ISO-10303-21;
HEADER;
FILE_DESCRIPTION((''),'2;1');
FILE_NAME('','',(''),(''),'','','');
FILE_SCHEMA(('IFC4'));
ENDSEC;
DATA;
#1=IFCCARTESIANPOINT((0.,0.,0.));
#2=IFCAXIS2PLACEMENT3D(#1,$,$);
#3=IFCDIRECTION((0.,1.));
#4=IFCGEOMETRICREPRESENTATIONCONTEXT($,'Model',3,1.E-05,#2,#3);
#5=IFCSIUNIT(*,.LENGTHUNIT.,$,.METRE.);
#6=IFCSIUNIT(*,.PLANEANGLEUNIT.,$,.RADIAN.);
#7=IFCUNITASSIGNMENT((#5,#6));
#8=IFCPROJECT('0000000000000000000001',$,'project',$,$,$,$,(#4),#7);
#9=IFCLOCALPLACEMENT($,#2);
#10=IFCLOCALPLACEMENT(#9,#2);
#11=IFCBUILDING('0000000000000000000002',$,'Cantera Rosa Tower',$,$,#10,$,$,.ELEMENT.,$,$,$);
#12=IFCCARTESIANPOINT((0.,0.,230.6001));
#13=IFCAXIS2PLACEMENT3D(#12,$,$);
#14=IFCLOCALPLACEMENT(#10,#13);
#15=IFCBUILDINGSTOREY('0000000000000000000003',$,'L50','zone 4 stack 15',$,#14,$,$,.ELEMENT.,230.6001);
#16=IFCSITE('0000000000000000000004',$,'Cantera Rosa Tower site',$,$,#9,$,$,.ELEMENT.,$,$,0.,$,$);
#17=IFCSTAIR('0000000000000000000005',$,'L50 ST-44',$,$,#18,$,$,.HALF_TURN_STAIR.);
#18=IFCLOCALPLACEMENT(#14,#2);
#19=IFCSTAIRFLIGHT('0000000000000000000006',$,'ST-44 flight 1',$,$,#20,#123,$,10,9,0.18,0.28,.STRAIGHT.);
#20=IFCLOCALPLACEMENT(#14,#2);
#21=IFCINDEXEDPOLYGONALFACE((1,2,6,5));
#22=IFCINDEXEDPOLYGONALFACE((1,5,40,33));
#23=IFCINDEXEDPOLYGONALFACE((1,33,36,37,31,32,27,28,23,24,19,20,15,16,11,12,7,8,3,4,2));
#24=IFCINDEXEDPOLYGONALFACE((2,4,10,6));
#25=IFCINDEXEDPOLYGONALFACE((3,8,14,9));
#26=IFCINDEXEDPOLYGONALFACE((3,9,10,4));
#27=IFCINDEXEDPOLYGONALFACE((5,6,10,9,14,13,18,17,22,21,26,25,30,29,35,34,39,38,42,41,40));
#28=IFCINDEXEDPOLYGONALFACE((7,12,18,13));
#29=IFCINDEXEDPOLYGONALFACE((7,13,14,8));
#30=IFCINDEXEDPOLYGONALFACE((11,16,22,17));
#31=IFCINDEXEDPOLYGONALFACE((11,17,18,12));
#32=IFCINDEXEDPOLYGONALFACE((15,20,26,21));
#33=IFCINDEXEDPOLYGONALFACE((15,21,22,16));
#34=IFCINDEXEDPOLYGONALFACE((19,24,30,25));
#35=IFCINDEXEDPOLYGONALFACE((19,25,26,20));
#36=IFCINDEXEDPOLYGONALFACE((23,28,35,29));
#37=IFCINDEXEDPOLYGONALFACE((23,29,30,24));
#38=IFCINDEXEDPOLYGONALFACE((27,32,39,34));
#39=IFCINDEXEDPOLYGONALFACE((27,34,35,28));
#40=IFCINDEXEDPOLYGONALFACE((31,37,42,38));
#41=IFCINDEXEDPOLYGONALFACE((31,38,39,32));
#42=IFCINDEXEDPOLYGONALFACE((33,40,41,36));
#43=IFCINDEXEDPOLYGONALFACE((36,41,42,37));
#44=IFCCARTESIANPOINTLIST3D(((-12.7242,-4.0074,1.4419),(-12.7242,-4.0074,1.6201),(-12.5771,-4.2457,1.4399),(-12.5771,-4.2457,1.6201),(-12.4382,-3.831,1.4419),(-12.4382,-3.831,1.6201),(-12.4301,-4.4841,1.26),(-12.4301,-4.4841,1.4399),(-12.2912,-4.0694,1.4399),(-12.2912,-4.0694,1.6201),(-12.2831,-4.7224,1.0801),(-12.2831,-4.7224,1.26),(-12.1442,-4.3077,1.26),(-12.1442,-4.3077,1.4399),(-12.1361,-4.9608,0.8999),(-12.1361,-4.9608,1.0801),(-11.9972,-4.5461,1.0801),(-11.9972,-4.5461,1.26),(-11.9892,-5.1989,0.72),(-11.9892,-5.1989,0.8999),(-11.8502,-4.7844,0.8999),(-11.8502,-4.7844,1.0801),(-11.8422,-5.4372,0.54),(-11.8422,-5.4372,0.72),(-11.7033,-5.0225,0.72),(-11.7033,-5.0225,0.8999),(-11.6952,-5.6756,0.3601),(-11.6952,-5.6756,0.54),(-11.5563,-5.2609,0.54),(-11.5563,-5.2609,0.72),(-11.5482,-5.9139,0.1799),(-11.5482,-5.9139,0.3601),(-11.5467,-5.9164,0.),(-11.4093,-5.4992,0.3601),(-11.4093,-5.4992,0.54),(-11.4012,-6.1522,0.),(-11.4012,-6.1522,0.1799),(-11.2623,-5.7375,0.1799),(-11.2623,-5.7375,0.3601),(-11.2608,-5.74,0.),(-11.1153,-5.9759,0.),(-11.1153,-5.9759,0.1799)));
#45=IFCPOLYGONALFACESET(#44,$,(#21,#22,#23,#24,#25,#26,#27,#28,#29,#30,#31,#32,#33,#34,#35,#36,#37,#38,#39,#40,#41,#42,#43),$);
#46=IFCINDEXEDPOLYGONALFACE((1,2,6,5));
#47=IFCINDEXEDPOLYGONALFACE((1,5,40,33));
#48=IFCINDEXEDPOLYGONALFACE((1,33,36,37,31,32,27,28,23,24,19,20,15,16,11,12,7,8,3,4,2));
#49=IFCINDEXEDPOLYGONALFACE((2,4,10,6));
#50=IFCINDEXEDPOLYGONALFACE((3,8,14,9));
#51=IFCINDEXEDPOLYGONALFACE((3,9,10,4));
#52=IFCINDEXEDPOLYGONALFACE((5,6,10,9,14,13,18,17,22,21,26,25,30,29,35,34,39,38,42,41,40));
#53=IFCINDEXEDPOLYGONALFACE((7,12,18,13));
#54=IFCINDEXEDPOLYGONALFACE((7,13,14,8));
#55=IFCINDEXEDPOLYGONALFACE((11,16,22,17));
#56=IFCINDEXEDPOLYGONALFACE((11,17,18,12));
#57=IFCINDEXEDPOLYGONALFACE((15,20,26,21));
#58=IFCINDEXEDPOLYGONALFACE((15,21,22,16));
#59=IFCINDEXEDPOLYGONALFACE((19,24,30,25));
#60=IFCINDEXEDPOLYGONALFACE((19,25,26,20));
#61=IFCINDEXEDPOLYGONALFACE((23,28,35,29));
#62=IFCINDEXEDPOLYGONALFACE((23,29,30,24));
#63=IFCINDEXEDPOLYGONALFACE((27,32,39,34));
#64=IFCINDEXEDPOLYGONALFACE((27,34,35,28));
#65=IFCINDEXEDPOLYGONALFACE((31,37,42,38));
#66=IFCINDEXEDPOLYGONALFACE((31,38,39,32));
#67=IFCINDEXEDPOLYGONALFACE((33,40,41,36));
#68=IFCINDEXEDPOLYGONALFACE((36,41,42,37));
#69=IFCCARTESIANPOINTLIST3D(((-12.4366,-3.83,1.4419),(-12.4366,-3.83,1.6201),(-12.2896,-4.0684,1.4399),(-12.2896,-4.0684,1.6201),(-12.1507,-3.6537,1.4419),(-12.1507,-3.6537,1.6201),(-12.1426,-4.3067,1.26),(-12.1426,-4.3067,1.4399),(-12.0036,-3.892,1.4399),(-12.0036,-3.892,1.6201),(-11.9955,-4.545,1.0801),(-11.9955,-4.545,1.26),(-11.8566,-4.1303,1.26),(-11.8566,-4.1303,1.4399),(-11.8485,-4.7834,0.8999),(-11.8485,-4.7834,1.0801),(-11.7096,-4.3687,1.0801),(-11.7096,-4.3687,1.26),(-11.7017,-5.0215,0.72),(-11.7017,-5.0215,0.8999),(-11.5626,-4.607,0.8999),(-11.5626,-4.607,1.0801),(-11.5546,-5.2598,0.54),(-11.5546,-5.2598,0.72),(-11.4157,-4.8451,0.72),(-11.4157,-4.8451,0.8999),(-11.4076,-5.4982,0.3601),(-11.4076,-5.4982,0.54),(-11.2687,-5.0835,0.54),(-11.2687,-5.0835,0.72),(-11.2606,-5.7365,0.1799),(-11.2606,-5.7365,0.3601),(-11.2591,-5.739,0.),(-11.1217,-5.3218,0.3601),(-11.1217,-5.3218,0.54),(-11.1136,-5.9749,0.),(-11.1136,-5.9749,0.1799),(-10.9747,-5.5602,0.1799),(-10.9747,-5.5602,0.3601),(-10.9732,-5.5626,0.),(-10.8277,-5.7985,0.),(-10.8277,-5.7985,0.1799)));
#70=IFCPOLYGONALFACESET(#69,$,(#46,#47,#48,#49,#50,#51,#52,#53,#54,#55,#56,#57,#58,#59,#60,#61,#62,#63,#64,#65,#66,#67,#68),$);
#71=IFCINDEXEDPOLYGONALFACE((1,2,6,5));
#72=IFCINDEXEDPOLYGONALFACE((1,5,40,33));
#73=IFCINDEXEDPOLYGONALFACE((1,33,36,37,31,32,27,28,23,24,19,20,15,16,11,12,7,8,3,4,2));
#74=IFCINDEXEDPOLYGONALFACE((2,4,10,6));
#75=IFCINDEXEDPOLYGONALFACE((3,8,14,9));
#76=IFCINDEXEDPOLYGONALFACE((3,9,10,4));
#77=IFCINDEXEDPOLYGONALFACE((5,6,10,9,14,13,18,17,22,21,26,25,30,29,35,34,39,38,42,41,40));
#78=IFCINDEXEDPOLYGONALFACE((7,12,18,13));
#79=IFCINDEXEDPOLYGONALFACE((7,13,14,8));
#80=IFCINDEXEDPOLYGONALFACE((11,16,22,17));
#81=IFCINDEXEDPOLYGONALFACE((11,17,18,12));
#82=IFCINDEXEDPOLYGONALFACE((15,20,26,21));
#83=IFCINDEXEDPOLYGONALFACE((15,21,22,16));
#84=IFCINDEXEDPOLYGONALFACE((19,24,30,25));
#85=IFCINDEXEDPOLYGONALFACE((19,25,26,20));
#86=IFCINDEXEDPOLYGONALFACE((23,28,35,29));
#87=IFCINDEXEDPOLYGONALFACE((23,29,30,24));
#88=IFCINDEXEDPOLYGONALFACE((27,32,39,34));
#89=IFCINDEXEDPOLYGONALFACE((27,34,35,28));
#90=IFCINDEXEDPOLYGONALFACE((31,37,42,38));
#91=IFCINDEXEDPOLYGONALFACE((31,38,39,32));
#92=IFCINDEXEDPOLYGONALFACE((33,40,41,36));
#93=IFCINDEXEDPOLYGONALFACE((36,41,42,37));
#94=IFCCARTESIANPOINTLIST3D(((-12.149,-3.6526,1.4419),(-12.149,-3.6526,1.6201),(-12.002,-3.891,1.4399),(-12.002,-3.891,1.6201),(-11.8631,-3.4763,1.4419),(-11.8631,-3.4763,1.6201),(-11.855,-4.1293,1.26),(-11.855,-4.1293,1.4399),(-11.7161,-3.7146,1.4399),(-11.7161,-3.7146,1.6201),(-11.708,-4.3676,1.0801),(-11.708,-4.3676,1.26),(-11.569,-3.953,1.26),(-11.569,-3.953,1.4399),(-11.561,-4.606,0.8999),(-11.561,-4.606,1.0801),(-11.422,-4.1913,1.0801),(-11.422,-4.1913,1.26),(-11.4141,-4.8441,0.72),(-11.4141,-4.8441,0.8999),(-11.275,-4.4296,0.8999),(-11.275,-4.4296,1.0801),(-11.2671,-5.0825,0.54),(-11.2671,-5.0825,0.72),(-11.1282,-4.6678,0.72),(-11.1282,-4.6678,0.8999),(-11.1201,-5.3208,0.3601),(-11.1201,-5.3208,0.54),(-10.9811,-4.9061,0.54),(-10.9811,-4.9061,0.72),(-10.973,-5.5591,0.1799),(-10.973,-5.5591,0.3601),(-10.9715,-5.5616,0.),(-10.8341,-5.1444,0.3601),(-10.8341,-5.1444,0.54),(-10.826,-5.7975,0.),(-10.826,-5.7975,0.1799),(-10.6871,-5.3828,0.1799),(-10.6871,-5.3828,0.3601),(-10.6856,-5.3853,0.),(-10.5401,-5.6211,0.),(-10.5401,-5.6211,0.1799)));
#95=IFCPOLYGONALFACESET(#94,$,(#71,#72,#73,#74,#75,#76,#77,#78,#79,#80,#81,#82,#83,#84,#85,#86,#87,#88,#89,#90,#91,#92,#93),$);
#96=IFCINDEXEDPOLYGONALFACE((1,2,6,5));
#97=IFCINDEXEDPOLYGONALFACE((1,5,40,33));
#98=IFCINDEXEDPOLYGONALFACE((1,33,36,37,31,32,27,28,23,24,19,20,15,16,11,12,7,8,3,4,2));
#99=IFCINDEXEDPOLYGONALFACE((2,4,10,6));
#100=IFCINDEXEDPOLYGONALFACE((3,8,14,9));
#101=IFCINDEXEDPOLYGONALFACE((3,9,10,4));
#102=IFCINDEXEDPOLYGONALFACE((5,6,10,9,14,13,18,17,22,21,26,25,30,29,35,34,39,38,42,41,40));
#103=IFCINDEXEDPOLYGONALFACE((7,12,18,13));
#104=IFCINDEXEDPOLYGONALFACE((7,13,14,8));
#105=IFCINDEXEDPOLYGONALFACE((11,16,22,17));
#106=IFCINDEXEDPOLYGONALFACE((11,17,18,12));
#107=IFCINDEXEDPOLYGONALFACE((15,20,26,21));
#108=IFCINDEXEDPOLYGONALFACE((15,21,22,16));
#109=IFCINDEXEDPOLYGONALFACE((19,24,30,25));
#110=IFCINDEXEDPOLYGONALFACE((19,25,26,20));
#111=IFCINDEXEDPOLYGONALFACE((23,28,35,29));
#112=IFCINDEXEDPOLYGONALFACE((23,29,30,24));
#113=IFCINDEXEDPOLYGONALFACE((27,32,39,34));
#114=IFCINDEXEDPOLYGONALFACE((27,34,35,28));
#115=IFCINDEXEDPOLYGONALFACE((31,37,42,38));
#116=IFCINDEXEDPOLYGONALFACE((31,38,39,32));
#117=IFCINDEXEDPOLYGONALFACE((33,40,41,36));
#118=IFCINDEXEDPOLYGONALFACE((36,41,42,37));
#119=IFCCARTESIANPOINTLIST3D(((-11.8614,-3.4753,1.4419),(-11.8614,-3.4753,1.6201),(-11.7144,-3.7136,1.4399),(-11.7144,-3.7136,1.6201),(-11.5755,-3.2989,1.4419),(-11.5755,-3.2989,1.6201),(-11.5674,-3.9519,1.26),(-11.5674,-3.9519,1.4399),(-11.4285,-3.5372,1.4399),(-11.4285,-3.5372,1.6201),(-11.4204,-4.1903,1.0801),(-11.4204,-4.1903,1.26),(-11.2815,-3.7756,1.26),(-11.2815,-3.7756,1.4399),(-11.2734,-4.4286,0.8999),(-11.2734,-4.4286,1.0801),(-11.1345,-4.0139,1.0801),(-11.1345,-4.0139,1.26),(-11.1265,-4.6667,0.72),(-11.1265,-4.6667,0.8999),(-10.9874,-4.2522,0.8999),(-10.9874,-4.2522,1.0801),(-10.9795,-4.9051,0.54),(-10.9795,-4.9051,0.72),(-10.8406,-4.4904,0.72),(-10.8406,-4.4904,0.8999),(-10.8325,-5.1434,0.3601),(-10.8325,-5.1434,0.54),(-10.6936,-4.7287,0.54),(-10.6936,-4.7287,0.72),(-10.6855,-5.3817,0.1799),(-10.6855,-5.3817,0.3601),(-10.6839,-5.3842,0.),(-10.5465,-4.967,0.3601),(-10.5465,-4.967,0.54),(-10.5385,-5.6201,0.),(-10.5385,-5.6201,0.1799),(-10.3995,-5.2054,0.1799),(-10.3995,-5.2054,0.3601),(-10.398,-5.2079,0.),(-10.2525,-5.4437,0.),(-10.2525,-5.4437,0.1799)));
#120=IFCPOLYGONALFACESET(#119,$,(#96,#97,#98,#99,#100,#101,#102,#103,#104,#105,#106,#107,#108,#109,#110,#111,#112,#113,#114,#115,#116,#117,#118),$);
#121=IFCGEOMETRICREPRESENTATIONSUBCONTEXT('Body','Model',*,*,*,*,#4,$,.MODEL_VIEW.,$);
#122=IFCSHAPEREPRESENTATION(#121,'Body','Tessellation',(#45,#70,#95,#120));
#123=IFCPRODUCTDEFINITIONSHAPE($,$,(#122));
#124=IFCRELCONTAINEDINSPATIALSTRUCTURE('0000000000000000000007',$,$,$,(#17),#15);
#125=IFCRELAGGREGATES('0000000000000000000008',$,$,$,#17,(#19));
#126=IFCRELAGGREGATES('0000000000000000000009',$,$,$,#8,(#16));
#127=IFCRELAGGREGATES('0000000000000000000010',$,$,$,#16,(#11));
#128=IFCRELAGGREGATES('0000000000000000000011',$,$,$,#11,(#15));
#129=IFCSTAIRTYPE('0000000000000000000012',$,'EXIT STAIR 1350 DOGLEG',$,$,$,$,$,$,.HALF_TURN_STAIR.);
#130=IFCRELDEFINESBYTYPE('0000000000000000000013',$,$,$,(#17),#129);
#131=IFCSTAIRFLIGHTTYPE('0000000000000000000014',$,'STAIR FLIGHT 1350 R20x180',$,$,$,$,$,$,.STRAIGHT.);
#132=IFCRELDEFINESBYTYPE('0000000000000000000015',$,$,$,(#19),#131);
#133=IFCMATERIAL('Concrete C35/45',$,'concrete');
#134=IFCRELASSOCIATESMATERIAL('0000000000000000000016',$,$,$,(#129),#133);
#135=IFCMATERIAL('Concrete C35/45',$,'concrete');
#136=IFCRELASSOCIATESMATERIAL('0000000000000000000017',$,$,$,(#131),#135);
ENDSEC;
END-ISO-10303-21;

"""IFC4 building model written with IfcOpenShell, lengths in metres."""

from ifc_helpers import new_model, si_unit, direction, frame, origin, place, context, subcontext, project, spatial, polyline, outline, extrude, material, type_object, element, aggregate, save


model = new_model("IFC4")

# Units and contexts
model_context = context("Model", 3, precision=1e-05, world=origin(), true_north=direction((0.0, 1.0)))
body_context = subcontext(model_context, "Body", "Model", "MODEL_VIEW")
ifc_project = project(units=[si_unit("LENGTHUNIT", "METRE"), si_unit("PLANEANGLEUNIT", "RADIAN")], contexts=[model_context])

# Site, building, storey
site_placement = place(None, origin())
site = spatial("IfcSite", under=ifc_project, at=site_placement, Name="Cantera Rosa Tower site", CompositionType="ELEMENT", RefElevation=0.0)
building_placement = place(site_placement, origin())
building = spatial("IfcBuilding", under=site, at=building_placement, Name="Cantera Rosa Tower", CompositionType="ELEMENT")
storey_placement = place(building_placement, frame((0.0, 0.0, 230.6001)))
storey = spatial("IfcBuildingStorey", under=building, at=storey_placement, Name="L50", Description="zone 4 stack 15", CompositionType="ELEMENT", Elevation=230.6001)

# Shared definitions
ifc_material_1 = material(Name="Concrete C35/45", Category="concrete")
stair_type = type_object("IfcStairType", Name="EXIT STAIR 1350 DOGLEG", PredefinedType="HALF_TURN_STAIR", material=ifc_material_1)
ifc_material_2 = material(Name="Concrete C35/45", Category="concrete")
stair_flight_type = type_object("IfcStairFlightType", Name="STAIR FLIGHT 1350 R20x180", PredefinedType="STRAIGHT", material=ifc_material_2)

# Stair, stair flight
stair_1_placement = place(storey_placement, origin())
stair_1 = element("IfcStair", 1, at=stair_1_placement, inside=storey, type_object=stair_type, Name="L50 ST-44", PredefinedType="HALF_TURN_STAIR")
stair_flight_1_placement = place(storey_placement, frame((-10.8267, -5.7979, 0.0), z_axis=(0.0, 0.0, 1.0), x_axis=(-0.524977, 0.851117, 0.0)))
stair_flight_1 = element("IfcStairFlight", 2, at=stair_flight_1_placement, type_object=stair_flight_type, Name="ST-44 flight 1", NumberOfRisers=10, NumberOfTreads=9, PredefinedType="STRAIGHT", RiserHeight=0.18, TreadLength=0.28, context=body_context, shape_type="SweptSolid", body=[
    extrude(outline(polyline([(0.0, 0.0), (0.0, 0.1799), (0.28, 0.1799), (0.28, 0.3601), (0.5601, 0.3601), (0.5601, 0.54), (0.8401, 0.54), (0.8401, 0.72), (1.1201, 0.72), (1.1201, 0.8999), (1.3999, 0.8999), (1.3999, 1.0801), (1.6799, 1.0801), (1.6799, 1.26), (1.96, 1.26), (1.96, 1.4399), (2.24, 1.4399), (2.24, 1.6201), (2.52, 1.6201), (2.52, 1.8), (2.52, 1.4419), (0.2771, 0.0), (0.0, 0.0)])), frame((0.0, 0.675, 0.0), z_axis=(0.0, -1.0, 0.0), x_axis=(1.0, 0.0, 0.0)), (0.0, 0.0, 1.0), 0.3359),
    extrude(outline(polyline([(0.0, 0.0), (0.0, 0.1799), (0.28, 0.1799), (0.28, 0.3601), (0.5601, 0.3601), (0.5601, 0.54), (0.8401, 0.54), (0.8401, 0.72), (1.1201, 0.72), (1.1201, 0.8999), (1.3999, 0.8999), (1.3999, 1.0801), (1.6799, 1.0801), (1.6799, 1.26), (1.96, 1.26), (1.96, 1.4399), (2.24, 1.4399), (2.24, 1.6201), (2.52, 1.6201), (2.52, 1.8), (2.52, 1.4419), (0.2771, 0.0), (0.0, 0.0)])), frame((0.0, 0.3372, 0.0), z_axis=(0.0, -1.0, 0.0), x_axis=(1.0, 0.0, 0.0)), (0.0, 0.0, 1.0), 0.3359),
    extrude(outline(polyline([(0.0, 0.0), (0.0, 0.1799), (0.28, 0.1799), (0.28, 0.3601), (0.5601, 0.3601), (0.5601, 0.54), (0.8401, 0.54), (0.8401, 0.72), (1.1201, 0.72), (1.1201, 0.8999), (1.3999, 0.8999), (1.3999, 1.0801), (1.6799, 1.0801), (1.6799, 1.26), (1.96, 1.26), (1.96, 1.4399), (2.24, 1.4399), (2.24, 1.6201), (2.52, 1.6201), (2.52, 1.8), (2.52, 1.4419), (0.2771, 0.0), (0.0, 0.0)])), frame((0.0, -0.0007, 0.0), z_axis=(0.0, -1.0, 0.0), x_axis=(1.0, 0.0, 0.0)), (0.0, 0.0, 1.0), 0.3359),
    extrude(outline(polyline([(0.0, 0.0), (0.0, 0.1799), (0.28, 0.1799), (0.28, 0.3601), (0.5601, 0.3601), (0.5601, 0.54), (0.8401, 0.54), (0.8401, 0.72), (1.1201, 0.72), (1.1201, 0.8999), (1.3999, 0.8999), (1.3999, 1.0801), (1.6799, 1.0801), (1.6799, 1.26), (1.96, 1.26), (1.96, 1.4399), (2.24, 1.4399), (2.24, 1.6201), (2.52, 1.6201), (2.52, 1.8), (2.52, 1.4419), (0.2771, 0.0), (0.0, 0.0)])), frame((0.0, -0.3386, 0.0), z_axis=(0.0, -1.0, 0.0), x_axis=(1.0, 0.0, 0.0)), (0.0, 0.0, 1.0), 0.3359),
])
aggregate(stair_1, [stair_flight_1])

save(model, "model.ifc")
